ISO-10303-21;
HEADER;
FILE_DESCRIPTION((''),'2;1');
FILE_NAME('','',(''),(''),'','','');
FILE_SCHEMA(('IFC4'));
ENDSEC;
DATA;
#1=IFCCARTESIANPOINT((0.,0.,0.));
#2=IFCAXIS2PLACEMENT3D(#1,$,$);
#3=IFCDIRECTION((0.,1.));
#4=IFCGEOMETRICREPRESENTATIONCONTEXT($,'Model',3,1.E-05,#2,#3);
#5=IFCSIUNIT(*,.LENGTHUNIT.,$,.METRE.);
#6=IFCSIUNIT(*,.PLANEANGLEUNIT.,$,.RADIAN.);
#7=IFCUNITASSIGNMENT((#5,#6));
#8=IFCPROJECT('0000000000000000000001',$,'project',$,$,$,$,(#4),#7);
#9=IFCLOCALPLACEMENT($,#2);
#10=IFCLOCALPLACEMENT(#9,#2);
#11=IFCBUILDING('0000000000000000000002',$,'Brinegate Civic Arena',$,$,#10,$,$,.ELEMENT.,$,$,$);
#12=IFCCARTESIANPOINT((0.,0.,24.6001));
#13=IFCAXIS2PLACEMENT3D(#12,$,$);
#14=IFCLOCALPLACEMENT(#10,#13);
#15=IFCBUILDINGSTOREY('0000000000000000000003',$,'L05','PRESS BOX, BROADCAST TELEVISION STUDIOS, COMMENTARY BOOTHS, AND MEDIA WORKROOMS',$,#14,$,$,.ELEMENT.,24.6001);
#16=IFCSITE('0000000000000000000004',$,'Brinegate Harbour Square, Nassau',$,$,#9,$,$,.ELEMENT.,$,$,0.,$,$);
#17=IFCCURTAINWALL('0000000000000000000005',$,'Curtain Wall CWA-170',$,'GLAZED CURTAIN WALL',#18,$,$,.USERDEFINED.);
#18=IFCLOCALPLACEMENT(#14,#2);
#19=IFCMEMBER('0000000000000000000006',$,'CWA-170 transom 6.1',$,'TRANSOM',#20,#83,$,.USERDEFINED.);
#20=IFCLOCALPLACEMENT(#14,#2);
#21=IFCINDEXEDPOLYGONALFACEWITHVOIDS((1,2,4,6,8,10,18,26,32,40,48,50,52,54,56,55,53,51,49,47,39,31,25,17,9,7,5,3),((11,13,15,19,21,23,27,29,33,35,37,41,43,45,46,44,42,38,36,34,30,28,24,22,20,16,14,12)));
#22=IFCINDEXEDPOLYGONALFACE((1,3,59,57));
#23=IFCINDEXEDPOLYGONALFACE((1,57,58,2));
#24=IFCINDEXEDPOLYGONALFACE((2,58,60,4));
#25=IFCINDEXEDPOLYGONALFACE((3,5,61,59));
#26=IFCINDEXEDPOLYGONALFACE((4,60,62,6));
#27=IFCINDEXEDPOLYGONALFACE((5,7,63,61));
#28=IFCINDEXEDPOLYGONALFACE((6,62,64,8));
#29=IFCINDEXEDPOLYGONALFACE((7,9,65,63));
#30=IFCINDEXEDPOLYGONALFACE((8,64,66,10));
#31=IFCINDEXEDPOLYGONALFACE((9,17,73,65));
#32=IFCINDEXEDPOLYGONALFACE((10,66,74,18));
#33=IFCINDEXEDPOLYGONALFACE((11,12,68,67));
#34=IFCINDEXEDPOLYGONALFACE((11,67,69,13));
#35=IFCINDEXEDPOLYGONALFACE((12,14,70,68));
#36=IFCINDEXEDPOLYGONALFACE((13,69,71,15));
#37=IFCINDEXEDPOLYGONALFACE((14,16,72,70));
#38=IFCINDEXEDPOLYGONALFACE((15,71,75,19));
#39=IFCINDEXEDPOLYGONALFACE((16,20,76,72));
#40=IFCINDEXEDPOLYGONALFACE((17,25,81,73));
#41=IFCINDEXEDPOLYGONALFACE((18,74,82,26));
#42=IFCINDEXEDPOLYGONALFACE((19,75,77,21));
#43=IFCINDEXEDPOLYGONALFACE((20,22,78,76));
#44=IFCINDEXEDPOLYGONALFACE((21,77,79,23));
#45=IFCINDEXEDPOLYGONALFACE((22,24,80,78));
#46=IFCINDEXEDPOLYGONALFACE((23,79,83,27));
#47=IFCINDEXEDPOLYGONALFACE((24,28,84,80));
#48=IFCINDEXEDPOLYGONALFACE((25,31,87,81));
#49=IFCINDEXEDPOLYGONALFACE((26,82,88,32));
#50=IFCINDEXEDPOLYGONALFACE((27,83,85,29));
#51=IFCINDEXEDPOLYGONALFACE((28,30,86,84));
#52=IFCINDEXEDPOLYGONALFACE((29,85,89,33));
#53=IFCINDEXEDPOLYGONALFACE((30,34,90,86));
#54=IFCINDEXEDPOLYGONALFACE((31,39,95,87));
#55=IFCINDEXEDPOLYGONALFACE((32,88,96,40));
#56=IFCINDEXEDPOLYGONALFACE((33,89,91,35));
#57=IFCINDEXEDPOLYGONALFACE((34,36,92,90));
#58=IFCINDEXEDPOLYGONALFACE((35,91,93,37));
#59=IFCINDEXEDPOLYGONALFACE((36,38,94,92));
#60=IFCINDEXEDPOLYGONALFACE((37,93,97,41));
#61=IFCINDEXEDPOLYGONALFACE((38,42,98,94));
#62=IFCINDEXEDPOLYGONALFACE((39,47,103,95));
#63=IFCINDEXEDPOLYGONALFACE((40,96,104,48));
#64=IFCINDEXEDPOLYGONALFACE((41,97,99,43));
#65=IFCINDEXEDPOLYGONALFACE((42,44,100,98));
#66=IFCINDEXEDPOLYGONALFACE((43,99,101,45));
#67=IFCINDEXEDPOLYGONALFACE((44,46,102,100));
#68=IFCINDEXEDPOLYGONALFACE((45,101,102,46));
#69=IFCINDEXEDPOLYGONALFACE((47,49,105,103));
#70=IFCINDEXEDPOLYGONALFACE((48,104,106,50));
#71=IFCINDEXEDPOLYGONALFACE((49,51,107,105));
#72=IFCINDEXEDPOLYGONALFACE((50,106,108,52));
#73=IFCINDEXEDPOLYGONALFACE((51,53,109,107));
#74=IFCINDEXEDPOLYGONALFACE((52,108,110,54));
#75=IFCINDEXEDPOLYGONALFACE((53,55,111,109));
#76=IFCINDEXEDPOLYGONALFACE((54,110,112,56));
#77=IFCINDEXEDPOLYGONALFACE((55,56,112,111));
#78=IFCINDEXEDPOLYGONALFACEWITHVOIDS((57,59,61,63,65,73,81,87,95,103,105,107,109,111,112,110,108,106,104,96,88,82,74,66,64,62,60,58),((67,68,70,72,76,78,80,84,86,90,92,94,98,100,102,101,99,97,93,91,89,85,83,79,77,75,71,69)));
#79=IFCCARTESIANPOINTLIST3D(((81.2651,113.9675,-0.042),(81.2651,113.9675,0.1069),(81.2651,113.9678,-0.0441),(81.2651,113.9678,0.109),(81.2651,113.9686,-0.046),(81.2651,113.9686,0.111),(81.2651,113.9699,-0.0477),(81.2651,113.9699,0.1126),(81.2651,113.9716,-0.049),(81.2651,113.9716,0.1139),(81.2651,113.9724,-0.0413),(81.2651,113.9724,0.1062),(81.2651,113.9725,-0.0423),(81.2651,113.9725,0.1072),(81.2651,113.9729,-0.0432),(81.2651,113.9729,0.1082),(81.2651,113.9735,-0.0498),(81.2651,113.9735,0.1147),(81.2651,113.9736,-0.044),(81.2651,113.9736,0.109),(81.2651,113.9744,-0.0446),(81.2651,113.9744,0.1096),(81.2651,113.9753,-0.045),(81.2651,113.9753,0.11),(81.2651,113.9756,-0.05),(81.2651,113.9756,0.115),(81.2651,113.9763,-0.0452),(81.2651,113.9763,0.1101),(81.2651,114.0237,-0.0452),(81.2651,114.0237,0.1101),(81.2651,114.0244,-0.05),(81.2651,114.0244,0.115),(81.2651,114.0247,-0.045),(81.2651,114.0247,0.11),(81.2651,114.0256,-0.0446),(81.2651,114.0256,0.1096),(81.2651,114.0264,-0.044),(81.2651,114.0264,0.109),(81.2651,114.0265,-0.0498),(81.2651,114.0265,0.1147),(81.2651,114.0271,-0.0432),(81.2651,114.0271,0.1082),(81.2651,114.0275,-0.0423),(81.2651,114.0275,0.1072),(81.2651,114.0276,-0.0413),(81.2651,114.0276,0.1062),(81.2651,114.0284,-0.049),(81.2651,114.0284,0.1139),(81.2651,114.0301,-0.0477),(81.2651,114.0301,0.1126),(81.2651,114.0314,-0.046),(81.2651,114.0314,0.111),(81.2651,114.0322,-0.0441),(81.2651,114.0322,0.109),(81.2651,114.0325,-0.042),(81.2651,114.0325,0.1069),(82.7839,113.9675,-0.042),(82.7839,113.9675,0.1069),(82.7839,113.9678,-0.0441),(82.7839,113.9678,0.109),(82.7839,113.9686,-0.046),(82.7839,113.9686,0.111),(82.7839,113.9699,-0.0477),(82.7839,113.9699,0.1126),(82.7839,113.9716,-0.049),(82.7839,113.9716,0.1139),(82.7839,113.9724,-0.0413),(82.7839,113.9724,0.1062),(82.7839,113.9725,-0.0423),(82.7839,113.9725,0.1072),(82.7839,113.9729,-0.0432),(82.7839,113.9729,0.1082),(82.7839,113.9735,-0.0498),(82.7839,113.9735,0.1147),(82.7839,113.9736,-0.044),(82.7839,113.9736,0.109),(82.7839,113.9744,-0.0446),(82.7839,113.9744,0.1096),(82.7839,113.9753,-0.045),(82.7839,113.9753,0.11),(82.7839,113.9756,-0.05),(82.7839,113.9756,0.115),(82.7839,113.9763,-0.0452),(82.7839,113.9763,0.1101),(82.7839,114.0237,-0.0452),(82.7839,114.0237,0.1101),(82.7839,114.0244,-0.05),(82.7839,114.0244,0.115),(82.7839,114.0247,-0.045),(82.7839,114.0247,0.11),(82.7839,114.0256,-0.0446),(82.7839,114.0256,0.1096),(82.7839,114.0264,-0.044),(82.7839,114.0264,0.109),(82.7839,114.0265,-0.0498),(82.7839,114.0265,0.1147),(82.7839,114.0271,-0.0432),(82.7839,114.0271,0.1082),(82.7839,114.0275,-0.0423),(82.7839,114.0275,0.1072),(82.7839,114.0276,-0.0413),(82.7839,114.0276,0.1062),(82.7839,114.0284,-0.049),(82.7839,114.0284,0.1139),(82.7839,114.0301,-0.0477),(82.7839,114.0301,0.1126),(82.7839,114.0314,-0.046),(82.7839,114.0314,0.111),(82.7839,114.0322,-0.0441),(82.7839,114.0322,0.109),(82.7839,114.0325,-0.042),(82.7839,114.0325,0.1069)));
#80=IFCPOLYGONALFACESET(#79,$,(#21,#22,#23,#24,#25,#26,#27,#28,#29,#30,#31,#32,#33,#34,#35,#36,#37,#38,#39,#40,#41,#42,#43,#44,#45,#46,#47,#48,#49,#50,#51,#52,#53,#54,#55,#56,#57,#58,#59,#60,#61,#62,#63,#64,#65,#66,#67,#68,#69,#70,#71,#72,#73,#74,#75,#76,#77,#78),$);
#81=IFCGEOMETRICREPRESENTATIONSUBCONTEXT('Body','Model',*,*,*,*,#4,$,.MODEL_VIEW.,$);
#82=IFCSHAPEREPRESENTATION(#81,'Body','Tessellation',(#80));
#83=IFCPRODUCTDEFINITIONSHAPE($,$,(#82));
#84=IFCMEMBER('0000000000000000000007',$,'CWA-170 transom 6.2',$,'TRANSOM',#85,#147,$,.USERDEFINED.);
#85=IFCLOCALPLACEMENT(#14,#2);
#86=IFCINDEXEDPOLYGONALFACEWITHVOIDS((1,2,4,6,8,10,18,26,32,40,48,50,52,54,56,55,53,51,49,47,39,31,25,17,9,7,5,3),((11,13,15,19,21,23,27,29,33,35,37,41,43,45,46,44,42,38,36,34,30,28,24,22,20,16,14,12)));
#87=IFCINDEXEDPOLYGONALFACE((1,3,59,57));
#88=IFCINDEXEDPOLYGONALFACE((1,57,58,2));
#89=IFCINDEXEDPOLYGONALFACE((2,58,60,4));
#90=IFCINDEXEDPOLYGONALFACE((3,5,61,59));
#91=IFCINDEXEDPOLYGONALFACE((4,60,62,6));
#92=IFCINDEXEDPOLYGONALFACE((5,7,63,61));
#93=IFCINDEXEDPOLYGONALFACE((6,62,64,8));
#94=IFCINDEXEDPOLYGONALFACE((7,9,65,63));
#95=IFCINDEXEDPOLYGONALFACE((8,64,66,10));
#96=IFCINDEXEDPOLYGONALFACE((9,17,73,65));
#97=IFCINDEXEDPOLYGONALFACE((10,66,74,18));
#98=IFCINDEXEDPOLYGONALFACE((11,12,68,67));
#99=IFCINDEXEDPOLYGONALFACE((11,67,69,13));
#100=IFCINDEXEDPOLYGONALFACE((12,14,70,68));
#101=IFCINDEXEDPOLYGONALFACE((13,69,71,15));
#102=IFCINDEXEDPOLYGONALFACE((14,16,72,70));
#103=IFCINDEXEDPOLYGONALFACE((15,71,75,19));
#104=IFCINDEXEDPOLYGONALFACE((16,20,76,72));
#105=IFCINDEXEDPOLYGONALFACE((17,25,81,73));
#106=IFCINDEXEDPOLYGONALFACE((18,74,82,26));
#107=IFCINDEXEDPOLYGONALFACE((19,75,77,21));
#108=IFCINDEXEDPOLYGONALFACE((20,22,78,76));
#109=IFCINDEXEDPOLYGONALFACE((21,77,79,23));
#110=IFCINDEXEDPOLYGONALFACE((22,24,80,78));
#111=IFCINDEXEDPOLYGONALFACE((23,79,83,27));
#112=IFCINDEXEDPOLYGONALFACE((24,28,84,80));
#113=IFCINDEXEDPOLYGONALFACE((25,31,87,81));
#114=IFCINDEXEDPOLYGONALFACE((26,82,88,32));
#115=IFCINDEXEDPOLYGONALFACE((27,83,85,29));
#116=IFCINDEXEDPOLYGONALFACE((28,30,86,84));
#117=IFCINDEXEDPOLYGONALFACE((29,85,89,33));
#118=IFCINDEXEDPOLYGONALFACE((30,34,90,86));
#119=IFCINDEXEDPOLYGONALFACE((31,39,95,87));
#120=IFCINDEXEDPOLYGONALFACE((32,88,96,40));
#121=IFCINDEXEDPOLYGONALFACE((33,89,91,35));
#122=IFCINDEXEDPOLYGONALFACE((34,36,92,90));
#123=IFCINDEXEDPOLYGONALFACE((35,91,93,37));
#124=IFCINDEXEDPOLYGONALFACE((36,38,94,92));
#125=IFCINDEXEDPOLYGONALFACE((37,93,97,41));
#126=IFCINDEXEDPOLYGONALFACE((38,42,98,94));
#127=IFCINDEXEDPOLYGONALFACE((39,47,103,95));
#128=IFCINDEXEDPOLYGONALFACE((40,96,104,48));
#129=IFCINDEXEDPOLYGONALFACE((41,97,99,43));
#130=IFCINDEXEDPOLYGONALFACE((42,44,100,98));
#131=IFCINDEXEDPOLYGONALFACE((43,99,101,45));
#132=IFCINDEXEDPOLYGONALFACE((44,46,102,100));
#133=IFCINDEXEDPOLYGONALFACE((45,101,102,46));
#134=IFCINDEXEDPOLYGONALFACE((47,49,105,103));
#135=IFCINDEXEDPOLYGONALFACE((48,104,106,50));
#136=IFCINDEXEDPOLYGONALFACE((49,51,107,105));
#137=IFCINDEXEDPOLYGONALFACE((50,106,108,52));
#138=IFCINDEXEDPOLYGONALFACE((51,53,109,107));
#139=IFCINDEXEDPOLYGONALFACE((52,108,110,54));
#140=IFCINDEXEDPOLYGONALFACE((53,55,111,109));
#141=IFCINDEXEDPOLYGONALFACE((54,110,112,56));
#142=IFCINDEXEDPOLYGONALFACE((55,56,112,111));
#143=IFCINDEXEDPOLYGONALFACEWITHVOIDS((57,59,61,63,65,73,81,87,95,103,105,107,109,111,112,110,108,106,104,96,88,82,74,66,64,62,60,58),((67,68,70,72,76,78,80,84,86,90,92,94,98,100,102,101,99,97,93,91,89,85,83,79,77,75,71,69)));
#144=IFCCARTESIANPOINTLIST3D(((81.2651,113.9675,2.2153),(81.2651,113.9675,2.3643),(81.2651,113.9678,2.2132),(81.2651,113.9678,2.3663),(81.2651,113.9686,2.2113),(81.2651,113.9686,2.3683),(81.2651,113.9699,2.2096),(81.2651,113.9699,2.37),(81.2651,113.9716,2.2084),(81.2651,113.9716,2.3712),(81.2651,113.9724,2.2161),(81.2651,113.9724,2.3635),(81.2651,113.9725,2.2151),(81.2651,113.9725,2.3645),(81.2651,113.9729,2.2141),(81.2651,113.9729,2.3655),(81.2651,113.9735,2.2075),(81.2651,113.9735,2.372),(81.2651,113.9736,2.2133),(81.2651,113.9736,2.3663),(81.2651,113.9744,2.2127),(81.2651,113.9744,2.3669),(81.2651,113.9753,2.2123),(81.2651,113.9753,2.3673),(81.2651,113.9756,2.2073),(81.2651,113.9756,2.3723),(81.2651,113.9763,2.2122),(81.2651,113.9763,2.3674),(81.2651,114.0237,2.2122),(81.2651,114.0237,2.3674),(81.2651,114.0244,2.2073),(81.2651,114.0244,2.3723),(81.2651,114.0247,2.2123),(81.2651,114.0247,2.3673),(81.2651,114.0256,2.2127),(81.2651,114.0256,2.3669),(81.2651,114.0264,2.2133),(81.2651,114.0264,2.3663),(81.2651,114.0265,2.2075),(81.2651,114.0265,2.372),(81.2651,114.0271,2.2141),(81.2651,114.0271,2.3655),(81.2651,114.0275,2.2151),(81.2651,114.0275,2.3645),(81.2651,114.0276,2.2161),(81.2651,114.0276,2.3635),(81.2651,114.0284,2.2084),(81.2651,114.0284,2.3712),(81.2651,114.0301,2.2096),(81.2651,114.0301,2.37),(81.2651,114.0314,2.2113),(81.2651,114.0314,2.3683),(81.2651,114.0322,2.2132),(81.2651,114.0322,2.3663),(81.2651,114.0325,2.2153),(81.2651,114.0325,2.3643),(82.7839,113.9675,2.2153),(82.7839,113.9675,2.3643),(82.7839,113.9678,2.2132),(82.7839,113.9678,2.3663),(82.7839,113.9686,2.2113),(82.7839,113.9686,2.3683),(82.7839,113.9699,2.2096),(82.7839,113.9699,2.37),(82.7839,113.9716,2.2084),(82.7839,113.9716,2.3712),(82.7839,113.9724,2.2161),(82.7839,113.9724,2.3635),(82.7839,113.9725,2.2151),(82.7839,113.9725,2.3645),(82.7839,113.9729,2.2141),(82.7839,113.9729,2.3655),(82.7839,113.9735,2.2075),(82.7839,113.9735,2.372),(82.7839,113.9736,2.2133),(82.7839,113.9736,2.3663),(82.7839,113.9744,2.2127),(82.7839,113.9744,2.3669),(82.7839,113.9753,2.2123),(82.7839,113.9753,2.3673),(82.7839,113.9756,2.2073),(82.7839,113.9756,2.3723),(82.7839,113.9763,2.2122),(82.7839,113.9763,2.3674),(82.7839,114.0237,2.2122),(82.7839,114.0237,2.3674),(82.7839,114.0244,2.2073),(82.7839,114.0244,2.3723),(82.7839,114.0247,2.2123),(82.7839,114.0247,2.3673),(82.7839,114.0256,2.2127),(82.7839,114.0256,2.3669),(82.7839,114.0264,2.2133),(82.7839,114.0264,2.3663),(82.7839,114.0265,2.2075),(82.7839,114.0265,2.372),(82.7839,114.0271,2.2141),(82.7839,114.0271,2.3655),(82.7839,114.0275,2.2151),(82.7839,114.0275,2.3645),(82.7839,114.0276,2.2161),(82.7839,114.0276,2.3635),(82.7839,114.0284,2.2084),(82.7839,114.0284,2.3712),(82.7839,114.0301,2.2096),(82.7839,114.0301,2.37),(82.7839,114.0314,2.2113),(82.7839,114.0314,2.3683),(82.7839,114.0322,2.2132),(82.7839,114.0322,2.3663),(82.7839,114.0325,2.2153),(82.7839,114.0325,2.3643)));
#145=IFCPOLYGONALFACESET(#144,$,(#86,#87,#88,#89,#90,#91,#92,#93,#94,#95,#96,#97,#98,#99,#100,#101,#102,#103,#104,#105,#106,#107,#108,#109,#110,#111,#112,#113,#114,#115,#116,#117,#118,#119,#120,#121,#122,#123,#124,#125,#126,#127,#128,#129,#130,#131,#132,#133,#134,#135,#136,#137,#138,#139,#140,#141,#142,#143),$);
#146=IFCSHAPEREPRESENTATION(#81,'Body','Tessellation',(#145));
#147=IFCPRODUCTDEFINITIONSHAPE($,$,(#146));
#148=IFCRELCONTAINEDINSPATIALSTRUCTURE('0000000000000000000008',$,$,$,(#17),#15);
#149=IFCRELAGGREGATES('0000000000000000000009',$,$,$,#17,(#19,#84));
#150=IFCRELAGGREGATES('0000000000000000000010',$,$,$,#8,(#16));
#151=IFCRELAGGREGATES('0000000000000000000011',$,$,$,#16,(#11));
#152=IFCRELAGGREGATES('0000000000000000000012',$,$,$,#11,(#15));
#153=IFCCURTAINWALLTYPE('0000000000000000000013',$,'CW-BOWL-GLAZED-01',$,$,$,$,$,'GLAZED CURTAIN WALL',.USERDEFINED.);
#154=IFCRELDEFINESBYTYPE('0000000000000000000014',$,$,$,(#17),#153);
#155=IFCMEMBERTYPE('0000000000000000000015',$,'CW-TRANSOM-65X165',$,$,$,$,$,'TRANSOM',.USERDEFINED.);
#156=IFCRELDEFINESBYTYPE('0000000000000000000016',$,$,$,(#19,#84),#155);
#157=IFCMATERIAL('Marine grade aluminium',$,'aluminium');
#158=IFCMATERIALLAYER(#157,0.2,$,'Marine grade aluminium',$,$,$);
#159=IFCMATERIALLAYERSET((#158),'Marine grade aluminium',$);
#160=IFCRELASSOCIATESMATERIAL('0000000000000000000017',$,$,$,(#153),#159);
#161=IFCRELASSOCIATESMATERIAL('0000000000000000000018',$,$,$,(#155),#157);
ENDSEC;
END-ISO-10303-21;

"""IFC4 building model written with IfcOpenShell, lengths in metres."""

from ifc_helpers import new_model, si_unit, direction, frame, origin, origin_2d, place, context, subcontext, project, spatial, hollow_rectangle, extrude, material, layer, layer_set, material_profile, profile_set, type_object, element, aggregate, save


model = new_model("IFC4")

# Units and contexts
model_context = context("Model", 3, precision=1e-05, world=origin(), true_north=direction((0.0, 1.0)))
body_context = subcontext(model_context, "Body", "Model", "MODEL_VIEW")
ifc_project = project(units=[si_unit("LENGTHUNIT", "METRE"), si_unit("PLANEANGLEUNIT", "RADIAN")], contexts=[model_context])

# Site, building, storey
site_placement = place(None, origin())
site = spatial("IfcSite", under=ifc_project, at=site_placement, Name="Brinegate Harbour Square, Nassau", CompositionType="ELEMENT", RefElevation=0.0)
building_placement = place(site_placement, origin())
building = spatial("IfcBuilding", under=site, at=building_placement, Name="Brinegate Civic Arena", CompositionType="ELEMENT")
storey_placement = place(building_placement, frame((0.0, 0.0, 24.6001)))
storey = spatial("IfcBuildingStorey", under=building, at=storey_placement, Name="L05", Description="PRESS BOX, BROADCAST TELEVISION STUDIOS, COMMENTARY BOOTHS, AND MEDIA WORKROOMS", CompositionType="ELEMENT", Elevation=24.6001)

# Curtain wall, members
ifc_material_1 = material(Name="Marine grade aluminium", Category="aluminium")
ifc_layer_1 = layer(ifc_material_1, 0.2, Name="Marine grade aluminium")
ifc_layer_set_1 = layer_set([ifc_layer_1], Name="Marine grade aluminium")
curtain_wall_type = type_object("IfcCurtainWallType", Name="CW-BOWL-GLAZED-01", ElementType="GLAZED CURTAIN WALL", PredefinedType="USERDEFINED", material=ifc_layer_set_1)
curtain_wall_placement = place(storey_placement, origin())
curtain_wall = element("IfcCurtainWall", 1, at=curtain_wall_placement, inside=storey, type_object=curtain_wall_type, Name="Curtain Wall CWA-170", ObjectType="GLAZED CURTAIN WALL", PredefinedType="USERDEFINED")
ifc_material_profile_1 = material_profile(ifc_material_1, hollow_rectangle(XDim=0.0649, YDim=0.165, WallThickness=0.0049, InnerFilletRadius=0.0039, OuterFilletRadius=0.0081, at=origin_2d()), Name="TRN65X165")
ifc_profile_set_1 = profile_set([ifc_material_profile_1], Name="Marine grade aluminium")
member_type_1 = type_object("IfcMemberType", Name="CW-TRANSOM-65X165", ElementType="TRANSOM", PredefinedType="USERDEFINED", material=ifc_profile_set_1)
member_1_placement = place(storey_placement, frame((81.2651, 114.0, 0.0325), z_axis=(1.0, 0.0, 0.0), x_axis=(0.0, 1.0, 0.0)))
member_1 = element("IfcMember", 2, at=member_1_placement, type_object=member_type_1, Name="CWA-170 transom 6.1", ObjectType="TRANSOM", PredefinedType="USERDEFINED", context=body_context, shape_type="SweptSolid", body=[
    extrude(hollow_rectangle(XDim=0.0649, YDim=0.165, WallThickness=0.0049, InnerFilletRadius=0.0039, OuterFilletRadius=0.0081, at=origin_2d()), origin(), (0.0, 0.0, 1.0), 1.5188),
])
member_2_placement = place(storey_placement, frame((81.2651, 114.0, 2.2898), z_axis=(1.0, 0.0, 0.0), x_axis=(0.0, 1.0, 0.0)))
member_2 = element("IfcMember", 3, at=member_2_placement, type_object=member_type_1, Name="CWA-170 transom 6.2", ObjectType="TRANSOM", PredefinedType="USERDEFINED", context=body_context, shape_type="SweptSolid", body=[
    extrude(hollow_rectangle(XDim=0.0649, YDim=0.165, WallThickness=0.0049, InnerFilletRadius=0.0039, OuterFilletRadius=0.0081, at=origin_2d()), origin(), (0.0, 0.0, 1.0), 1.5188),
])
aggregate(curtain_wall, [member_1, member_2])

save(model, "model.ifc")
